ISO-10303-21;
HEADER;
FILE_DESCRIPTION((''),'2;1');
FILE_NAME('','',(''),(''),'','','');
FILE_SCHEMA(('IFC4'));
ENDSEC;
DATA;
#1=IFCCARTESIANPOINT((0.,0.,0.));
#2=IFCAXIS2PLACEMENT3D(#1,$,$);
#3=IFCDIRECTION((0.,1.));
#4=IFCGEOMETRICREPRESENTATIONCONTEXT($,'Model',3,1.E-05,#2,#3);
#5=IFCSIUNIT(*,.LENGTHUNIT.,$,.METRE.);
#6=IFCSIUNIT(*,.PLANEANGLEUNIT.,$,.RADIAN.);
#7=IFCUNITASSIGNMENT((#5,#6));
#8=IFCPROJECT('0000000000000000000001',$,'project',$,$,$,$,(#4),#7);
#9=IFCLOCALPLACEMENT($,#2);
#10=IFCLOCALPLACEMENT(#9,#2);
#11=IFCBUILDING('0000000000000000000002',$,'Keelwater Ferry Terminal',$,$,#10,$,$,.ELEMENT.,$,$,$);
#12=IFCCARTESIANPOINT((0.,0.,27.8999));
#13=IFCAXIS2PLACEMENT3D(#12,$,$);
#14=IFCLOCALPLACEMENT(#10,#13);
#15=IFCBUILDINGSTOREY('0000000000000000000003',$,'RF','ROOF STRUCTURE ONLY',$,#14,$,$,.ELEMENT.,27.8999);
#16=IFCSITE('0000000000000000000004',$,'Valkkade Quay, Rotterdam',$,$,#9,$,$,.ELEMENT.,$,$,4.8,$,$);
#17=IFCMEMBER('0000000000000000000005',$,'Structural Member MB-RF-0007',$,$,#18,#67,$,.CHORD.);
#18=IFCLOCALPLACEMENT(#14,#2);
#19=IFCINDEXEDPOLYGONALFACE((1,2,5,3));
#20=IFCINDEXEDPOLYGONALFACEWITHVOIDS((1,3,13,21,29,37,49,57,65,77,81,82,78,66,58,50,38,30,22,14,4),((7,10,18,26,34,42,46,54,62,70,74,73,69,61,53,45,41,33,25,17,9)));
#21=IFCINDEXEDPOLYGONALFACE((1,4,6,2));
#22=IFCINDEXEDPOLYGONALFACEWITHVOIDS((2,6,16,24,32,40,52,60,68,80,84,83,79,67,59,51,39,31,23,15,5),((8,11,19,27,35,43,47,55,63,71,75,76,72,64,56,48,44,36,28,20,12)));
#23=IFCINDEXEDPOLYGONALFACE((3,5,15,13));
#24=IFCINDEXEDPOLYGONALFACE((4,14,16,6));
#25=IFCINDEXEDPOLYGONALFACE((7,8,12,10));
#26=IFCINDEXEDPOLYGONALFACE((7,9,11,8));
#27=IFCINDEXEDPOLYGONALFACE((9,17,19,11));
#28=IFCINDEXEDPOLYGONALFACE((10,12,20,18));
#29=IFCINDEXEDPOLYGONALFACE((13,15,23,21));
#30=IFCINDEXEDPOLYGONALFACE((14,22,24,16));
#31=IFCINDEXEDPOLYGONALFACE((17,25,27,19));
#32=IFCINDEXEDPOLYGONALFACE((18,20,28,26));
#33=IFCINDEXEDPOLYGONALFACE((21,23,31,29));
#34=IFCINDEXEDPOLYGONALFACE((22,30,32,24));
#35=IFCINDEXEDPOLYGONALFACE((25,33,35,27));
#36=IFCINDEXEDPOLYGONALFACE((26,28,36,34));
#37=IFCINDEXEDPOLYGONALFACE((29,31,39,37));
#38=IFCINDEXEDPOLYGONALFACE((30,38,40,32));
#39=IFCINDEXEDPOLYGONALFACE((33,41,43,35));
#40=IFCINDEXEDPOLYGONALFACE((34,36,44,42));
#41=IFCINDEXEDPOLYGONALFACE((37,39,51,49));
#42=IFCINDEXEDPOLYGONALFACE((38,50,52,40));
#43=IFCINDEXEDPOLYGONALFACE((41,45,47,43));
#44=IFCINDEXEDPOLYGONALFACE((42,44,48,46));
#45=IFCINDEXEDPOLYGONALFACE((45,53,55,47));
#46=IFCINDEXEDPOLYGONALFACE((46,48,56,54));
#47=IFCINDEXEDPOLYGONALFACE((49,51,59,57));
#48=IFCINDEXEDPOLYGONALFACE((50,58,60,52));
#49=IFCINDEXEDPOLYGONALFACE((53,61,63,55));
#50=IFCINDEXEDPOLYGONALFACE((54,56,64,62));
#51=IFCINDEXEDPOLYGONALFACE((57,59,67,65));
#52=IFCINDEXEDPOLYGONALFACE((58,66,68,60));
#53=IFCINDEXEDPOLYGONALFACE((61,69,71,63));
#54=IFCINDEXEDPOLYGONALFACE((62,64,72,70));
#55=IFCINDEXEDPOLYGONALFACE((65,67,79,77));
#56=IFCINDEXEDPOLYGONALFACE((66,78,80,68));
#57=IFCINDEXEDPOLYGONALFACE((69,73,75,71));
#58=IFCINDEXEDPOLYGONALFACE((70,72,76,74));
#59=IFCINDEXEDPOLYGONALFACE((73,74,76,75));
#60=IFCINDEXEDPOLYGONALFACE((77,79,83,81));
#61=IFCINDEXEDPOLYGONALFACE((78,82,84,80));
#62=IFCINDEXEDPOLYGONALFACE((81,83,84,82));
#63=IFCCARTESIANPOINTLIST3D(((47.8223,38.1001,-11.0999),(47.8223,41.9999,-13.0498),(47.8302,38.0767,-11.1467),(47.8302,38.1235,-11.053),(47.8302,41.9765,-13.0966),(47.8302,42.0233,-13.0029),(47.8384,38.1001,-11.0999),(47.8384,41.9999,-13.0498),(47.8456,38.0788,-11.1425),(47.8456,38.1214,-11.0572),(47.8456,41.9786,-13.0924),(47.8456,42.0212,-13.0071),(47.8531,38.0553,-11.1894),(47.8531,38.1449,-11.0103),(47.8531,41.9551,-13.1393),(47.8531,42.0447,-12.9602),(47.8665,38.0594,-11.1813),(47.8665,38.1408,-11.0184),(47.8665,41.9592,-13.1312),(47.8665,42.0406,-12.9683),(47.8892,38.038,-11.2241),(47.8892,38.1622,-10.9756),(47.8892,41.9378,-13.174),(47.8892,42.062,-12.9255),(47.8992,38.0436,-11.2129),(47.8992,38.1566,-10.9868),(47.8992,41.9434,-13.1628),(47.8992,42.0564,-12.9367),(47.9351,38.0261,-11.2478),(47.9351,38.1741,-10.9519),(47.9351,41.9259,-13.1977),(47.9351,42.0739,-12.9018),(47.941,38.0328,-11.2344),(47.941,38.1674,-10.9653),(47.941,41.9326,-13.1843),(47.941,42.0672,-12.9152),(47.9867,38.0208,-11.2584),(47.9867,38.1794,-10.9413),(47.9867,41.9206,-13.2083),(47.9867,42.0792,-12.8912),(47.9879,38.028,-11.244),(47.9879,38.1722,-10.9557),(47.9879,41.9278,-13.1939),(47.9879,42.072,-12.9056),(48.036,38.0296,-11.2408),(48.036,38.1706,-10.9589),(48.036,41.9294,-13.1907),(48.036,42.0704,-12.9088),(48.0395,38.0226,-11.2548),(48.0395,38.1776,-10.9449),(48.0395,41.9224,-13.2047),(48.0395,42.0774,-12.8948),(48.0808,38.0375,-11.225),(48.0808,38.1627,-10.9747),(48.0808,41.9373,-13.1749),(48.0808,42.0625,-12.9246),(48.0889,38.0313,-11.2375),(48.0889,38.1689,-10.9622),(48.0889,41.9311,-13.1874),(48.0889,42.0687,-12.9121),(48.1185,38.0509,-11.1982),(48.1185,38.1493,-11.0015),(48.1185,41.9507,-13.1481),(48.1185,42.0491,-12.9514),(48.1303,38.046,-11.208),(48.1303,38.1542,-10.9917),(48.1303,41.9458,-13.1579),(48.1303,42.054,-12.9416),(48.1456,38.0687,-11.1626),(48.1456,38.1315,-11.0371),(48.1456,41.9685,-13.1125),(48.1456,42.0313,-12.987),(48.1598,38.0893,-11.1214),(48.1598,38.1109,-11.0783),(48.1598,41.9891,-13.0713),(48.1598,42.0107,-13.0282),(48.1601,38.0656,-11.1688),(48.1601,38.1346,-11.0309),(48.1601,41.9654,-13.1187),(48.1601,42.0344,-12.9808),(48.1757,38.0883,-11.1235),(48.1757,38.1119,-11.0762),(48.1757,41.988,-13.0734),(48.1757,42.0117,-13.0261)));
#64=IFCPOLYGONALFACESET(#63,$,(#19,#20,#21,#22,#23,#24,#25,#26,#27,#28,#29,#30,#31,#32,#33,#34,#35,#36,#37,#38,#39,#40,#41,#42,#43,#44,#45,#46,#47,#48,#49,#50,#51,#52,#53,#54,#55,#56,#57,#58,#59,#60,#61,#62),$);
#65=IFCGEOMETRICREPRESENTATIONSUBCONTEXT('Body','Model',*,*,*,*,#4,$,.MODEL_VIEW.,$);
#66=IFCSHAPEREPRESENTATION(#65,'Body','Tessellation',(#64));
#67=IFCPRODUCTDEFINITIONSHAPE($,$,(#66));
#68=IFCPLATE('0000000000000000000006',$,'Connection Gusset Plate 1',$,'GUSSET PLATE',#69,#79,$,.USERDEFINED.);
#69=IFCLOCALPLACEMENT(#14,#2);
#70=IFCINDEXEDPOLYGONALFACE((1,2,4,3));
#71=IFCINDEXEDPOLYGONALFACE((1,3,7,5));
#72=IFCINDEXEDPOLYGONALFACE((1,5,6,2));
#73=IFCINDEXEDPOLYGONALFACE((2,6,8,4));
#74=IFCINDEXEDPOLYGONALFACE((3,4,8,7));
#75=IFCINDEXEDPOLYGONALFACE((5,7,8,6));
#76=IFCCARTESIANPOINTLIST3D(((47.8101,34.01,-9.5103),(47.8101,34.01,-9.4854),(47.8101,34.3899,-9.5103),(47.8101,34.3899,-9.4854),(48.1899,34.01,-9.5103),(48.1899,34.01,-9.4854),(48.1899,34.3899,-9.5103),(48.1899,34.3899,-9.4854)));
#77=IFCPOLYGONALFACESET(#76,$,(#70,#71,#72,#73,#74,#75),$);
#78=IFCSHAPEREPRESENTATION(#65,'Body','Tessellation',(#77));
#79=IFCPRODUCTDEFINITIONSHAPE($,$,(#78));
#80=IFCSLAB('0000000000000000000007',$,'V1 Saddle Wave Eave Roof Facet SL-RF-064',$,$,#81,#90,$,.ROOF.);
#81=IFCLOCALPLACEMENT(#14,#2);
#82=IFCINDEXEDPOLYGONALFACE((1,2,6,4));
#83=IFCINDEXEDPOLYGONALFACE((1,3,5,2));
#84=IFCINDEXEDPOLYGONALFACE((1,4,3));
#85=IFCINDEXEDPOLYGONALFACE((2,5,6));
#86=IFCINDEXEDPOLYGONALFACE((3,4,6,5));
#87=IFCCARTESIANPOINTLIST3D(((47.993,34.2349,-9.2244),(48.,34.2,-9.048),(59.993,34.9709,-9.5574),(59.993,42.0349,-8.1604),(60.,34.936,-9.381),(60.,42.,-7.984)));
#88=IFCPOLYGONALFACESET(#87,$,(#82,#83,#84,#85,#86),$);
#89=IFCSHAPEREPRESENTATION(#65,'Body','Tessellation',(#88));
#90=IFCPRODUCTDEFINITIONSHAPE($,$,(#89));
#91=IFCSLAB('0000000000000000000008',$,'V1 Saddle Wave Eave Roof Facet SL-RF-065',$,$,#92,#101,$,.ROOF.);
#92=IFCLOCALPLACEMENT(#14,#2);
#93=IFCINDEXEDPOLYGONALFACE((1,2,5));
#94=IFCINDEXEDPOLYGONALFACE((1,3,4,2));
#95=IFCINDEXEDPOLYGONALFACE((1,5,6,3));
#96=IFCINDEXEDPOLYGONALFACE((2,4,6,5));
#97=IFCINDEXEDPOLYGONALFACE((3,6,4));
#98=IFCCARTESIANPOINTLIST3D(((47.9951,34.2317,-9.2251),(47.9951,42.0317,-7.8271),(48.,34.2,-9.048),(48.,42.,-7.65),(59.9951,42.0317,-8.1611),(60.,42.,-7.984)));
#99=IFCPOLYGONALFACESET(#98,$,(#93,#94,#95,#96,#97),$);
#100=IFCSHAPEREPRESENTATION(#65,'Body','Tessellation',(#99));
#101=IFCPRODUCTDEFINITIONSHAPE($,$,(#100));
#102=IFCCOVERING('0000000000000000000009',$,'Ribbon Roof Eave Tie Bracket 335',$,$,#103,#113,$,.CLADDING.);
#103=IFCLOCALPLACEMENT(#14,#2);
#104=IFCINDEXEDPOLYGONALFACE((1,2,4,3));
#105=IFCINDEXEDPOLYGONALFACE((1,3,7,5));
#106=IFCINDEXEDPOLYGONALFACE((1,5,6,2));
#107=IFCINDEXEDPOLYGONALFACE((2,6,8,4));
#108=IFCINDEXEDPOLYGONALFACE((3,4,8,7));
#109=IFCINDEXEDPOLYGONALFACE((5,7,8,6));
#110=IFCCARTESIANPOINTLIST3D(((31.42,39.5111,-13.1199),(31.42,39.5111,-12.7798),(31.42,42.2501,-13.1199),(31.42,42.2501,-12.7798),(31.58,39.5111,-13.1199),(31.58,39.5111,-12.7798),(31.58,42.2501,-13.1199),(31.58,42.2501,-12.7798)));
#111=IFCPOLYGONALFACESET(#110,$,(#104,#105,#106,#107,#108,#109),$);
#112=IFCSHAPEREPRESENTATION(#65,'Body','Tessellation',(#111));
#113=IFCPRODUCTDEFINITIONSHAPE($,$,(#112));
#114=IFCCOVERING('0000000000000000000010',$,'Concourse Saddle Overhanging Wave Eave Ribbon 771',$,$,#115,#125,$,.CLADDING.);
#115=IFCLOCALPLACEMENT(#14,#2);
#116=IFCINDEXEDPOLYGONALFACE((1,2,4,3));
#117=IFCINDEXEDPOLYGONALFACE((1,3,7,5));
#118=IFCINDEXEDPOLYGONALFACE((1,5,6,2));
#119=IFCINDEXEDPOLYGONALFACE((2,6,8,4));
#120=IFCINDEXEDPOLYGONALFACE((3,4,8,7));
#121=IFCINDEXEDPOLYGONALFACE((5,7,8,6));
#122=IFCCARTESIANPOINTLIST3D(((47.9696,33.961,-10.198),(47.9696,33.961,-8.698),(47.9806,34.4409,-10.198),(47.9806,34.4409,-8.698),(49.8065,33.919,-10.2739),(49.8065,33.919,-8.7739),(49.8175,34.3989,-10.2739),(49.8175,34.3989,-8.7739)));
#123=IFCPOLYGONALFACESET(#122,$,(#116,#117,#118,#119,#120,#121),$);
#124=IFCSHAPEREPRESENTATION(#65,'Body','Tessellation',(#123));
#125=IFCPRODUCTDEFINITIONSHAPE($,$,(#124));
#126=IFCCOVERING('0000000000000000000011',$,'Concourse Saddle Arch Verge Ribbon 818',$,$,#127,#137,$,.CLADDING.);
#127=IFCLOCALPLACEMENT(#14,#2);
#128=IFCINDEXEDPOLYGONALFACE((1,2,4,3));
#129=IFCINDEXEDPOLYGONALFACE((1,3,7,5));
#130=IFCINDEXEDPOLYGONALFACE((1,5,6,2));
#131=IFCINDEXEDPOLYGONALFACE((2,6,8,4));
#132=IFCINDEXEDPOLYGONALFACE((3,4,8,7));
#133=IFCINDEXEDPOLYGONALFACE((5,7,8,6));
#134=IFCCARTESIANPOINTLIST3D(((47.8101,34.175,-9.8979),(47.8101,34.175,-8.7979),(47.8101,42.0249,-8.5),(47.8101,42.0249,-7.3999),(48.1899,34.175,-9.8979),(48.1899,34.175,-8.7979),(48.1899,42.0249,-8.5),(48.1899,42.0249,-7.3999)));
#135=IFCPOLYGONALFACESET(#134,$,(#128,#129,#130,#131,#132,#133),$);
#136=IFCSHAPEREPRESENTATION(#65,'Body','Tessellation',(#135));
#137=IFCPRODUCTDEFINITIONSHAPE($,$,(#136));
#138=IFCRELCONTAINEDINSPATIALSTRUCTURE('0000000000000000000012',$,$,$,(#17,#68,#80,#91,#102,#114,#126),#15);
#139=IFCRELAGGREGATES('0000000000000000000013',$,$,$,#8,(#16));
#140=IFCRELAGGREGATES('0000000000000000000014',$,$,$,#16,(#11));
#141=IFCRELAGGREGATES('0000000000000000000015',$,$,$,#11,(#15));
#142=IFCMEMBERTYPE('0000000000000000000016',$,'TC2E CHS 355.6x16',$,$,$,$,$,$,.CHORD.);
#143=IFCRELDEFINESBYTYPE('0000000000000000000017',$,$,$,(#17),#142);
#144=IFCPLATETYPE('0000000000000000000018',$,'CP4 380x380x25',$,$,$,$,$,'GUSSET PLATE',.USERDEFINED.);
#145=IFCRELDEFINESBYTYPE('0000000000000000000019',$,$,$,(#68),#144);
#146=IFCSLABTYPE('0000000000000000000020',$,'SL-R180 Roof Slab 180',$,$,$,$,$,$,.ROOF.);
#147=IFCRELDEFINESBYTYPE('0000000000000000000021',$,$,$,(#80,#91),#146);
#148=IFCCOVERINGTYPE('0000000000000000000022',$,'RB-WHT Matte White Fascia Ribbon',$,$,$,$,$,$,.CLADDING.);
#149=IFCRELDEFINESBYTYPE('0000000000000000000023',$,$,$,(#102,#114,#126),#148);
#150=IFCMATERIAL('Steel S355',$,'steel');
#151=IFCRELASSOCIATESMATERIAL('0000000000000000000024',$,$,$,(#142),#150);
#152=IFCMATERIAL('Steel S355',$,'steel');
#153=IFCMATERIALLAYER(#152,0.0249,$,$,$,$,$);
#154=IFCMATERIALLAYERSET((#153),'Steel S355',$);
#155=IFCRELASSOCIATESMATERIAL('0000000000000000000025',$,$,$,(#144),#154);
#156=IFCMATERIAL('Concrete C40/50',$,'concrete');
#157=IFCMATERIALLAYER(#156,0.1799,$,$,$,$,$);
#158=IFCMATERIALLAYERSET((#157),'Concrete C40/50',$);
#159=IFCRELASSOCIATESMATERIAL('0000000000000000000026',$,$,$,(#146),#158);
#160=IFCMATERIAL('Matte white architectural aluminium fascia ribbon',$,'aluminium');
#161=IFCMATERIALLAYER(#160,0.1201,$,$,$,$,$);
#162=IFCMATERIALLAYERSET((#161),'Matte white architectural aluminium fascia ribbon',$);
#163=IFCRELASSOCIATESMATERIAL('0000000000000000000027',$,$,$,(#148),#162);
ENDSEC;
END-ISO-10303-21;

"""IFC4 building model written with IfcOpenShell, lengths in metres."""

from ifc_helpers import new_model, si_unit, direction, frame, frame_2d, origin, origin_with_axes, origin_2d, place, context, subcontext, project, spatial, polyline, rectangle, hollow_circle, outline, extrude, material, layer, layer_set, material_profile, profile_set, type_object, element, save


model = new_model("IFC4")

# Units and contexts
model_context = context("Model", 3, precision=1e-05, world=origin(), true_north=direction((0.0, 1.0)))
body_context = subcontext(model_context, "Body", "Model", "MODEL_VIEW")
ifc_project = project(units=[si_unit("LENGTHUNIT", "METRE"), si_unit("PLANEANGLEUNIT", "RADIAN")], contexts=[model_context])

# Site, building, storey
site_placement = place(None, origin())
site = spatial("IfcSite", under=ifc_project, at=site_placement, Name="Valkkade Quay, Rotterdam", CompositionType="ELEMENT", RefElevation=4.8)
building_placement = place(site_placement, origin())
building = spatial("IfcBuilding", under=site, at=building_placement, Name="Keelwater Ferry Terminal", CompositionType="ELEMENT")
storey_placement = place(building_placement, frame((0.0, 0.0, 27.8999)))
storey = spatial("IfcBuildingStorey", under=building, at=storey_placement, Name="RF", Description="ROOF STRUCTURE ONLY", CompositionType="ELEMENT", Elevation=27.8999)

# Member
ifc_material_1 = material(Name="Steel S355", Category="steel")
ifc_material_profile_1 = material_profile(ifc_material_1, hollow_circle(Radius=0.1777, WallThickness=0.0161, at=origin_2d()), Name="CHS 355.6x16")
ifc_profile_set_1 = profile_set([ifc_material_profile_1], Name="Steel S355")
member_type_1 = type_object("IfcMemberType", Name="TC2E CHS 355.6x16", PredefinedType="CHORD", material=ifc_profile_set_1)
member_1_placement = place(storey_placement, frame((48.0, 38.1001, -11.0999), z_axis=(0.0, 0.894427, -0.447214), x_axis=(-1.0, 0.0, 0.0)))
element("IfcMember", 1, at=member_1_placement, inside=storey, type_object=member_type_1, Name="Structural Member MB-RF-0007", PredefinedType="CHORD", context=body_context, shape_type="SweptSolid", body=[
    extrude(hollow_circle(Radius=0.1777, WallThickness=0.0161, at=origin_2d()), origin(), (0.0, 0.0, 1.0), 4.3601),
])

# Plate
ifc_material_2 = material(Name="Steel S355", Category="steel")
ifc_layer_1 = layer(ifc_material_2, 0.0249)
ifc_layer_set_1 = layer_set([ifc_layer_1], Name="Steel S355")
plate_type = type_object("IfcPlateType", Name="CP4 380x380x25", ElementType="GUSSET PLATE", PredefinedType="USERDEFINED", material=ifc_layer_set_1)
plate_placement = place(storey_placement, frame((48.0, 34.2, -9.5103), z_axis=(0.0, 0.0, 1.0), x_axis=(0.0, 1.0, 0.0)))
element("IfcPlate", 2, at=plate_placement, inside=storey, type_object=plate_type, Name="Connection Gusset Plate 1", ObjectType="GUSSET PLATE", PredefinedType="USERDEFINED", context=body_context, shape_type="SweptSolid", body=[
    extrude(rectangle(XDim=0.3799, YDim=0.3799, at=origin_2d()), origin(), (0.0, 0.0, 1.0), 0.0249),
])

# Slabs
ifc_material_3 = material(Name="Concrete C40/50", Category="concrete")
ifc_layer_2 = layer(ifc_material_3, 0.1799)
ifc_layer_set_2 = layer_set([ifc_layer_2], Name="Concrete C40/50")
slab_type = type_object("IfcSlabType", Name="SL-R180 Roof Slab 180", PredefinedType="ROOF", material=ifc_layer_set_2)
slab_1_placement = place(storey_placement, frame((47.993, 34.2349, -9.2244), z_axis=(0.039092, -0.193858, 0.980251), x_axis=(0.999236, 0.007584, -0.038349)))
element("IfcSlab", 3, at=slab_1_placement, inside=storey, type_object=slab_type, Name="V1 Saddle Wave Eave Roof Facet SL-RF-064", PredefinedType="ROOF", context=body_context, shape_type="SweptSolid", body=[
    extrude(outline(polyline([(0.0, 0.0), (12.0092, 0.6574), (12.0092, 7.8582), (0.0, 0.0)])), origin_with_axes(), (0.0, 0.0, 1.0), 0.18),
])
slab_2_placement = place(storey_placement, frame((47.9951, 34.2317, -9.2251), z_axis=(0.027386, -0.176353, 0.983946), x_axis=(0.999625, 0.004832, -0.026957)))
element("IfcSlab", 4, at=slab_2_placement, inside=storey, type_object=slab_type, Name="V1 Saddle Wave Eave Roof Facet SL-RF-065", PredefinedType="ROOF", context=body_context, shape_type="SweptSolid", body=[
    extrude(outline(polyline([(0.0, 0.0), (12.0045, 7.8654), (0.0, 7.9243), (0.0, 0.0)])), origin_with_axes(), (0.0, 0.0, 1.0), 0.18),
])

# Coverings
ifc_material_4 = material(Name="Matte white architectural aluminium fascia ribbon", Category="aluminium")
ifc_layer_3 = layer(ifc_material_4, 0.1201)
ifc_layer_set_3 = layer_set([ifc_layer_3], Name="Matte white architectural aluminium fascia ribbon")
covering_type = type_object("IfcCoveringType", Name="RB-WHT Matte White Fascia Ribbon", PredefinedType="CLADDING", material=ifc_layer_set_3)
covering_1_placement = place(storey_placement, frame((31.5, 39.511, -13.1199), z_axis=(0.0, 0.0, 1.0), x_axis=(0.0, 1.0, 0.0)))
element("IfcCovering", 5, at=covering_1_placement, inside=storey, type_object=covering_type, Name="Ribbon Roof Eave Tie Bracket 335", PredefinedType="CLADDING", context=body_context, shape_type="SweptSolid", body=[
    extrude(rectangle(XDim=2.739, YDim=0.1599, at=frame_2d((1.3696, 0.0))), origin(), (0.0, 0.0, 1.0), 0.3401),
])
covering_2_placement = place(storey_placement, frame((47.9751, 34.2009, -10.2739), z_axis=(0.0, 0.0, 1.0), x_axis=(0.999739, -0.022854, 0.0)))
element("IfcCovering", 6, at=covering_2_placement, inside=storey, type_object=covering_type, Name="Concourse Saddle Overhanging Wave Eave Ribbon 771", PredefinedType="CLADDING", context=body_context, shape_type="SweptSolid", body=[
    extrude(outline(polyline([(0.0, 0.0759), (1.8374, 0.0), (1.8374, 1.5), (0.0, 1.5759), (0.0, 0.0759)])), frame((0.0, 0.24, 0.0), z_axis=(0.0, -1.0, 0.0), x_axis=(1.0, 0.0, 0.0)), (0.0, 0.0, 1.0), 0.48),
])
covering_3_placement = place(storey_placement, frame((48.0, 34.175, -9.8979), z_axis=(0.0, 0.0, 1.0), x_axis=(0.0, 1.0, 0.0)))
element("IfcCovering", 7, at=covering_3_placement, inside=storey, type_object=covering_type, Name="Concourse Saddle Arch Verge Ribbon 818", PredefinedType="CLADDING", context=body_context, shape_type="SweptSolid", body=[
    extrude(outline(polyline([(0.0, 0.0), (7.8499, 1.3979), (7.8499, 2.498), (0.0, 1.1001), (0.0, 0.0)])), frame((0.0, 0.1899, 0.0), z_axis=(0.0, -1.0, 0.0), x_axis=(1.0, 0.0, 0.0)), (0.0, 0.0, 1.0), 0.3799),
])

save(model, "model.ifc")
